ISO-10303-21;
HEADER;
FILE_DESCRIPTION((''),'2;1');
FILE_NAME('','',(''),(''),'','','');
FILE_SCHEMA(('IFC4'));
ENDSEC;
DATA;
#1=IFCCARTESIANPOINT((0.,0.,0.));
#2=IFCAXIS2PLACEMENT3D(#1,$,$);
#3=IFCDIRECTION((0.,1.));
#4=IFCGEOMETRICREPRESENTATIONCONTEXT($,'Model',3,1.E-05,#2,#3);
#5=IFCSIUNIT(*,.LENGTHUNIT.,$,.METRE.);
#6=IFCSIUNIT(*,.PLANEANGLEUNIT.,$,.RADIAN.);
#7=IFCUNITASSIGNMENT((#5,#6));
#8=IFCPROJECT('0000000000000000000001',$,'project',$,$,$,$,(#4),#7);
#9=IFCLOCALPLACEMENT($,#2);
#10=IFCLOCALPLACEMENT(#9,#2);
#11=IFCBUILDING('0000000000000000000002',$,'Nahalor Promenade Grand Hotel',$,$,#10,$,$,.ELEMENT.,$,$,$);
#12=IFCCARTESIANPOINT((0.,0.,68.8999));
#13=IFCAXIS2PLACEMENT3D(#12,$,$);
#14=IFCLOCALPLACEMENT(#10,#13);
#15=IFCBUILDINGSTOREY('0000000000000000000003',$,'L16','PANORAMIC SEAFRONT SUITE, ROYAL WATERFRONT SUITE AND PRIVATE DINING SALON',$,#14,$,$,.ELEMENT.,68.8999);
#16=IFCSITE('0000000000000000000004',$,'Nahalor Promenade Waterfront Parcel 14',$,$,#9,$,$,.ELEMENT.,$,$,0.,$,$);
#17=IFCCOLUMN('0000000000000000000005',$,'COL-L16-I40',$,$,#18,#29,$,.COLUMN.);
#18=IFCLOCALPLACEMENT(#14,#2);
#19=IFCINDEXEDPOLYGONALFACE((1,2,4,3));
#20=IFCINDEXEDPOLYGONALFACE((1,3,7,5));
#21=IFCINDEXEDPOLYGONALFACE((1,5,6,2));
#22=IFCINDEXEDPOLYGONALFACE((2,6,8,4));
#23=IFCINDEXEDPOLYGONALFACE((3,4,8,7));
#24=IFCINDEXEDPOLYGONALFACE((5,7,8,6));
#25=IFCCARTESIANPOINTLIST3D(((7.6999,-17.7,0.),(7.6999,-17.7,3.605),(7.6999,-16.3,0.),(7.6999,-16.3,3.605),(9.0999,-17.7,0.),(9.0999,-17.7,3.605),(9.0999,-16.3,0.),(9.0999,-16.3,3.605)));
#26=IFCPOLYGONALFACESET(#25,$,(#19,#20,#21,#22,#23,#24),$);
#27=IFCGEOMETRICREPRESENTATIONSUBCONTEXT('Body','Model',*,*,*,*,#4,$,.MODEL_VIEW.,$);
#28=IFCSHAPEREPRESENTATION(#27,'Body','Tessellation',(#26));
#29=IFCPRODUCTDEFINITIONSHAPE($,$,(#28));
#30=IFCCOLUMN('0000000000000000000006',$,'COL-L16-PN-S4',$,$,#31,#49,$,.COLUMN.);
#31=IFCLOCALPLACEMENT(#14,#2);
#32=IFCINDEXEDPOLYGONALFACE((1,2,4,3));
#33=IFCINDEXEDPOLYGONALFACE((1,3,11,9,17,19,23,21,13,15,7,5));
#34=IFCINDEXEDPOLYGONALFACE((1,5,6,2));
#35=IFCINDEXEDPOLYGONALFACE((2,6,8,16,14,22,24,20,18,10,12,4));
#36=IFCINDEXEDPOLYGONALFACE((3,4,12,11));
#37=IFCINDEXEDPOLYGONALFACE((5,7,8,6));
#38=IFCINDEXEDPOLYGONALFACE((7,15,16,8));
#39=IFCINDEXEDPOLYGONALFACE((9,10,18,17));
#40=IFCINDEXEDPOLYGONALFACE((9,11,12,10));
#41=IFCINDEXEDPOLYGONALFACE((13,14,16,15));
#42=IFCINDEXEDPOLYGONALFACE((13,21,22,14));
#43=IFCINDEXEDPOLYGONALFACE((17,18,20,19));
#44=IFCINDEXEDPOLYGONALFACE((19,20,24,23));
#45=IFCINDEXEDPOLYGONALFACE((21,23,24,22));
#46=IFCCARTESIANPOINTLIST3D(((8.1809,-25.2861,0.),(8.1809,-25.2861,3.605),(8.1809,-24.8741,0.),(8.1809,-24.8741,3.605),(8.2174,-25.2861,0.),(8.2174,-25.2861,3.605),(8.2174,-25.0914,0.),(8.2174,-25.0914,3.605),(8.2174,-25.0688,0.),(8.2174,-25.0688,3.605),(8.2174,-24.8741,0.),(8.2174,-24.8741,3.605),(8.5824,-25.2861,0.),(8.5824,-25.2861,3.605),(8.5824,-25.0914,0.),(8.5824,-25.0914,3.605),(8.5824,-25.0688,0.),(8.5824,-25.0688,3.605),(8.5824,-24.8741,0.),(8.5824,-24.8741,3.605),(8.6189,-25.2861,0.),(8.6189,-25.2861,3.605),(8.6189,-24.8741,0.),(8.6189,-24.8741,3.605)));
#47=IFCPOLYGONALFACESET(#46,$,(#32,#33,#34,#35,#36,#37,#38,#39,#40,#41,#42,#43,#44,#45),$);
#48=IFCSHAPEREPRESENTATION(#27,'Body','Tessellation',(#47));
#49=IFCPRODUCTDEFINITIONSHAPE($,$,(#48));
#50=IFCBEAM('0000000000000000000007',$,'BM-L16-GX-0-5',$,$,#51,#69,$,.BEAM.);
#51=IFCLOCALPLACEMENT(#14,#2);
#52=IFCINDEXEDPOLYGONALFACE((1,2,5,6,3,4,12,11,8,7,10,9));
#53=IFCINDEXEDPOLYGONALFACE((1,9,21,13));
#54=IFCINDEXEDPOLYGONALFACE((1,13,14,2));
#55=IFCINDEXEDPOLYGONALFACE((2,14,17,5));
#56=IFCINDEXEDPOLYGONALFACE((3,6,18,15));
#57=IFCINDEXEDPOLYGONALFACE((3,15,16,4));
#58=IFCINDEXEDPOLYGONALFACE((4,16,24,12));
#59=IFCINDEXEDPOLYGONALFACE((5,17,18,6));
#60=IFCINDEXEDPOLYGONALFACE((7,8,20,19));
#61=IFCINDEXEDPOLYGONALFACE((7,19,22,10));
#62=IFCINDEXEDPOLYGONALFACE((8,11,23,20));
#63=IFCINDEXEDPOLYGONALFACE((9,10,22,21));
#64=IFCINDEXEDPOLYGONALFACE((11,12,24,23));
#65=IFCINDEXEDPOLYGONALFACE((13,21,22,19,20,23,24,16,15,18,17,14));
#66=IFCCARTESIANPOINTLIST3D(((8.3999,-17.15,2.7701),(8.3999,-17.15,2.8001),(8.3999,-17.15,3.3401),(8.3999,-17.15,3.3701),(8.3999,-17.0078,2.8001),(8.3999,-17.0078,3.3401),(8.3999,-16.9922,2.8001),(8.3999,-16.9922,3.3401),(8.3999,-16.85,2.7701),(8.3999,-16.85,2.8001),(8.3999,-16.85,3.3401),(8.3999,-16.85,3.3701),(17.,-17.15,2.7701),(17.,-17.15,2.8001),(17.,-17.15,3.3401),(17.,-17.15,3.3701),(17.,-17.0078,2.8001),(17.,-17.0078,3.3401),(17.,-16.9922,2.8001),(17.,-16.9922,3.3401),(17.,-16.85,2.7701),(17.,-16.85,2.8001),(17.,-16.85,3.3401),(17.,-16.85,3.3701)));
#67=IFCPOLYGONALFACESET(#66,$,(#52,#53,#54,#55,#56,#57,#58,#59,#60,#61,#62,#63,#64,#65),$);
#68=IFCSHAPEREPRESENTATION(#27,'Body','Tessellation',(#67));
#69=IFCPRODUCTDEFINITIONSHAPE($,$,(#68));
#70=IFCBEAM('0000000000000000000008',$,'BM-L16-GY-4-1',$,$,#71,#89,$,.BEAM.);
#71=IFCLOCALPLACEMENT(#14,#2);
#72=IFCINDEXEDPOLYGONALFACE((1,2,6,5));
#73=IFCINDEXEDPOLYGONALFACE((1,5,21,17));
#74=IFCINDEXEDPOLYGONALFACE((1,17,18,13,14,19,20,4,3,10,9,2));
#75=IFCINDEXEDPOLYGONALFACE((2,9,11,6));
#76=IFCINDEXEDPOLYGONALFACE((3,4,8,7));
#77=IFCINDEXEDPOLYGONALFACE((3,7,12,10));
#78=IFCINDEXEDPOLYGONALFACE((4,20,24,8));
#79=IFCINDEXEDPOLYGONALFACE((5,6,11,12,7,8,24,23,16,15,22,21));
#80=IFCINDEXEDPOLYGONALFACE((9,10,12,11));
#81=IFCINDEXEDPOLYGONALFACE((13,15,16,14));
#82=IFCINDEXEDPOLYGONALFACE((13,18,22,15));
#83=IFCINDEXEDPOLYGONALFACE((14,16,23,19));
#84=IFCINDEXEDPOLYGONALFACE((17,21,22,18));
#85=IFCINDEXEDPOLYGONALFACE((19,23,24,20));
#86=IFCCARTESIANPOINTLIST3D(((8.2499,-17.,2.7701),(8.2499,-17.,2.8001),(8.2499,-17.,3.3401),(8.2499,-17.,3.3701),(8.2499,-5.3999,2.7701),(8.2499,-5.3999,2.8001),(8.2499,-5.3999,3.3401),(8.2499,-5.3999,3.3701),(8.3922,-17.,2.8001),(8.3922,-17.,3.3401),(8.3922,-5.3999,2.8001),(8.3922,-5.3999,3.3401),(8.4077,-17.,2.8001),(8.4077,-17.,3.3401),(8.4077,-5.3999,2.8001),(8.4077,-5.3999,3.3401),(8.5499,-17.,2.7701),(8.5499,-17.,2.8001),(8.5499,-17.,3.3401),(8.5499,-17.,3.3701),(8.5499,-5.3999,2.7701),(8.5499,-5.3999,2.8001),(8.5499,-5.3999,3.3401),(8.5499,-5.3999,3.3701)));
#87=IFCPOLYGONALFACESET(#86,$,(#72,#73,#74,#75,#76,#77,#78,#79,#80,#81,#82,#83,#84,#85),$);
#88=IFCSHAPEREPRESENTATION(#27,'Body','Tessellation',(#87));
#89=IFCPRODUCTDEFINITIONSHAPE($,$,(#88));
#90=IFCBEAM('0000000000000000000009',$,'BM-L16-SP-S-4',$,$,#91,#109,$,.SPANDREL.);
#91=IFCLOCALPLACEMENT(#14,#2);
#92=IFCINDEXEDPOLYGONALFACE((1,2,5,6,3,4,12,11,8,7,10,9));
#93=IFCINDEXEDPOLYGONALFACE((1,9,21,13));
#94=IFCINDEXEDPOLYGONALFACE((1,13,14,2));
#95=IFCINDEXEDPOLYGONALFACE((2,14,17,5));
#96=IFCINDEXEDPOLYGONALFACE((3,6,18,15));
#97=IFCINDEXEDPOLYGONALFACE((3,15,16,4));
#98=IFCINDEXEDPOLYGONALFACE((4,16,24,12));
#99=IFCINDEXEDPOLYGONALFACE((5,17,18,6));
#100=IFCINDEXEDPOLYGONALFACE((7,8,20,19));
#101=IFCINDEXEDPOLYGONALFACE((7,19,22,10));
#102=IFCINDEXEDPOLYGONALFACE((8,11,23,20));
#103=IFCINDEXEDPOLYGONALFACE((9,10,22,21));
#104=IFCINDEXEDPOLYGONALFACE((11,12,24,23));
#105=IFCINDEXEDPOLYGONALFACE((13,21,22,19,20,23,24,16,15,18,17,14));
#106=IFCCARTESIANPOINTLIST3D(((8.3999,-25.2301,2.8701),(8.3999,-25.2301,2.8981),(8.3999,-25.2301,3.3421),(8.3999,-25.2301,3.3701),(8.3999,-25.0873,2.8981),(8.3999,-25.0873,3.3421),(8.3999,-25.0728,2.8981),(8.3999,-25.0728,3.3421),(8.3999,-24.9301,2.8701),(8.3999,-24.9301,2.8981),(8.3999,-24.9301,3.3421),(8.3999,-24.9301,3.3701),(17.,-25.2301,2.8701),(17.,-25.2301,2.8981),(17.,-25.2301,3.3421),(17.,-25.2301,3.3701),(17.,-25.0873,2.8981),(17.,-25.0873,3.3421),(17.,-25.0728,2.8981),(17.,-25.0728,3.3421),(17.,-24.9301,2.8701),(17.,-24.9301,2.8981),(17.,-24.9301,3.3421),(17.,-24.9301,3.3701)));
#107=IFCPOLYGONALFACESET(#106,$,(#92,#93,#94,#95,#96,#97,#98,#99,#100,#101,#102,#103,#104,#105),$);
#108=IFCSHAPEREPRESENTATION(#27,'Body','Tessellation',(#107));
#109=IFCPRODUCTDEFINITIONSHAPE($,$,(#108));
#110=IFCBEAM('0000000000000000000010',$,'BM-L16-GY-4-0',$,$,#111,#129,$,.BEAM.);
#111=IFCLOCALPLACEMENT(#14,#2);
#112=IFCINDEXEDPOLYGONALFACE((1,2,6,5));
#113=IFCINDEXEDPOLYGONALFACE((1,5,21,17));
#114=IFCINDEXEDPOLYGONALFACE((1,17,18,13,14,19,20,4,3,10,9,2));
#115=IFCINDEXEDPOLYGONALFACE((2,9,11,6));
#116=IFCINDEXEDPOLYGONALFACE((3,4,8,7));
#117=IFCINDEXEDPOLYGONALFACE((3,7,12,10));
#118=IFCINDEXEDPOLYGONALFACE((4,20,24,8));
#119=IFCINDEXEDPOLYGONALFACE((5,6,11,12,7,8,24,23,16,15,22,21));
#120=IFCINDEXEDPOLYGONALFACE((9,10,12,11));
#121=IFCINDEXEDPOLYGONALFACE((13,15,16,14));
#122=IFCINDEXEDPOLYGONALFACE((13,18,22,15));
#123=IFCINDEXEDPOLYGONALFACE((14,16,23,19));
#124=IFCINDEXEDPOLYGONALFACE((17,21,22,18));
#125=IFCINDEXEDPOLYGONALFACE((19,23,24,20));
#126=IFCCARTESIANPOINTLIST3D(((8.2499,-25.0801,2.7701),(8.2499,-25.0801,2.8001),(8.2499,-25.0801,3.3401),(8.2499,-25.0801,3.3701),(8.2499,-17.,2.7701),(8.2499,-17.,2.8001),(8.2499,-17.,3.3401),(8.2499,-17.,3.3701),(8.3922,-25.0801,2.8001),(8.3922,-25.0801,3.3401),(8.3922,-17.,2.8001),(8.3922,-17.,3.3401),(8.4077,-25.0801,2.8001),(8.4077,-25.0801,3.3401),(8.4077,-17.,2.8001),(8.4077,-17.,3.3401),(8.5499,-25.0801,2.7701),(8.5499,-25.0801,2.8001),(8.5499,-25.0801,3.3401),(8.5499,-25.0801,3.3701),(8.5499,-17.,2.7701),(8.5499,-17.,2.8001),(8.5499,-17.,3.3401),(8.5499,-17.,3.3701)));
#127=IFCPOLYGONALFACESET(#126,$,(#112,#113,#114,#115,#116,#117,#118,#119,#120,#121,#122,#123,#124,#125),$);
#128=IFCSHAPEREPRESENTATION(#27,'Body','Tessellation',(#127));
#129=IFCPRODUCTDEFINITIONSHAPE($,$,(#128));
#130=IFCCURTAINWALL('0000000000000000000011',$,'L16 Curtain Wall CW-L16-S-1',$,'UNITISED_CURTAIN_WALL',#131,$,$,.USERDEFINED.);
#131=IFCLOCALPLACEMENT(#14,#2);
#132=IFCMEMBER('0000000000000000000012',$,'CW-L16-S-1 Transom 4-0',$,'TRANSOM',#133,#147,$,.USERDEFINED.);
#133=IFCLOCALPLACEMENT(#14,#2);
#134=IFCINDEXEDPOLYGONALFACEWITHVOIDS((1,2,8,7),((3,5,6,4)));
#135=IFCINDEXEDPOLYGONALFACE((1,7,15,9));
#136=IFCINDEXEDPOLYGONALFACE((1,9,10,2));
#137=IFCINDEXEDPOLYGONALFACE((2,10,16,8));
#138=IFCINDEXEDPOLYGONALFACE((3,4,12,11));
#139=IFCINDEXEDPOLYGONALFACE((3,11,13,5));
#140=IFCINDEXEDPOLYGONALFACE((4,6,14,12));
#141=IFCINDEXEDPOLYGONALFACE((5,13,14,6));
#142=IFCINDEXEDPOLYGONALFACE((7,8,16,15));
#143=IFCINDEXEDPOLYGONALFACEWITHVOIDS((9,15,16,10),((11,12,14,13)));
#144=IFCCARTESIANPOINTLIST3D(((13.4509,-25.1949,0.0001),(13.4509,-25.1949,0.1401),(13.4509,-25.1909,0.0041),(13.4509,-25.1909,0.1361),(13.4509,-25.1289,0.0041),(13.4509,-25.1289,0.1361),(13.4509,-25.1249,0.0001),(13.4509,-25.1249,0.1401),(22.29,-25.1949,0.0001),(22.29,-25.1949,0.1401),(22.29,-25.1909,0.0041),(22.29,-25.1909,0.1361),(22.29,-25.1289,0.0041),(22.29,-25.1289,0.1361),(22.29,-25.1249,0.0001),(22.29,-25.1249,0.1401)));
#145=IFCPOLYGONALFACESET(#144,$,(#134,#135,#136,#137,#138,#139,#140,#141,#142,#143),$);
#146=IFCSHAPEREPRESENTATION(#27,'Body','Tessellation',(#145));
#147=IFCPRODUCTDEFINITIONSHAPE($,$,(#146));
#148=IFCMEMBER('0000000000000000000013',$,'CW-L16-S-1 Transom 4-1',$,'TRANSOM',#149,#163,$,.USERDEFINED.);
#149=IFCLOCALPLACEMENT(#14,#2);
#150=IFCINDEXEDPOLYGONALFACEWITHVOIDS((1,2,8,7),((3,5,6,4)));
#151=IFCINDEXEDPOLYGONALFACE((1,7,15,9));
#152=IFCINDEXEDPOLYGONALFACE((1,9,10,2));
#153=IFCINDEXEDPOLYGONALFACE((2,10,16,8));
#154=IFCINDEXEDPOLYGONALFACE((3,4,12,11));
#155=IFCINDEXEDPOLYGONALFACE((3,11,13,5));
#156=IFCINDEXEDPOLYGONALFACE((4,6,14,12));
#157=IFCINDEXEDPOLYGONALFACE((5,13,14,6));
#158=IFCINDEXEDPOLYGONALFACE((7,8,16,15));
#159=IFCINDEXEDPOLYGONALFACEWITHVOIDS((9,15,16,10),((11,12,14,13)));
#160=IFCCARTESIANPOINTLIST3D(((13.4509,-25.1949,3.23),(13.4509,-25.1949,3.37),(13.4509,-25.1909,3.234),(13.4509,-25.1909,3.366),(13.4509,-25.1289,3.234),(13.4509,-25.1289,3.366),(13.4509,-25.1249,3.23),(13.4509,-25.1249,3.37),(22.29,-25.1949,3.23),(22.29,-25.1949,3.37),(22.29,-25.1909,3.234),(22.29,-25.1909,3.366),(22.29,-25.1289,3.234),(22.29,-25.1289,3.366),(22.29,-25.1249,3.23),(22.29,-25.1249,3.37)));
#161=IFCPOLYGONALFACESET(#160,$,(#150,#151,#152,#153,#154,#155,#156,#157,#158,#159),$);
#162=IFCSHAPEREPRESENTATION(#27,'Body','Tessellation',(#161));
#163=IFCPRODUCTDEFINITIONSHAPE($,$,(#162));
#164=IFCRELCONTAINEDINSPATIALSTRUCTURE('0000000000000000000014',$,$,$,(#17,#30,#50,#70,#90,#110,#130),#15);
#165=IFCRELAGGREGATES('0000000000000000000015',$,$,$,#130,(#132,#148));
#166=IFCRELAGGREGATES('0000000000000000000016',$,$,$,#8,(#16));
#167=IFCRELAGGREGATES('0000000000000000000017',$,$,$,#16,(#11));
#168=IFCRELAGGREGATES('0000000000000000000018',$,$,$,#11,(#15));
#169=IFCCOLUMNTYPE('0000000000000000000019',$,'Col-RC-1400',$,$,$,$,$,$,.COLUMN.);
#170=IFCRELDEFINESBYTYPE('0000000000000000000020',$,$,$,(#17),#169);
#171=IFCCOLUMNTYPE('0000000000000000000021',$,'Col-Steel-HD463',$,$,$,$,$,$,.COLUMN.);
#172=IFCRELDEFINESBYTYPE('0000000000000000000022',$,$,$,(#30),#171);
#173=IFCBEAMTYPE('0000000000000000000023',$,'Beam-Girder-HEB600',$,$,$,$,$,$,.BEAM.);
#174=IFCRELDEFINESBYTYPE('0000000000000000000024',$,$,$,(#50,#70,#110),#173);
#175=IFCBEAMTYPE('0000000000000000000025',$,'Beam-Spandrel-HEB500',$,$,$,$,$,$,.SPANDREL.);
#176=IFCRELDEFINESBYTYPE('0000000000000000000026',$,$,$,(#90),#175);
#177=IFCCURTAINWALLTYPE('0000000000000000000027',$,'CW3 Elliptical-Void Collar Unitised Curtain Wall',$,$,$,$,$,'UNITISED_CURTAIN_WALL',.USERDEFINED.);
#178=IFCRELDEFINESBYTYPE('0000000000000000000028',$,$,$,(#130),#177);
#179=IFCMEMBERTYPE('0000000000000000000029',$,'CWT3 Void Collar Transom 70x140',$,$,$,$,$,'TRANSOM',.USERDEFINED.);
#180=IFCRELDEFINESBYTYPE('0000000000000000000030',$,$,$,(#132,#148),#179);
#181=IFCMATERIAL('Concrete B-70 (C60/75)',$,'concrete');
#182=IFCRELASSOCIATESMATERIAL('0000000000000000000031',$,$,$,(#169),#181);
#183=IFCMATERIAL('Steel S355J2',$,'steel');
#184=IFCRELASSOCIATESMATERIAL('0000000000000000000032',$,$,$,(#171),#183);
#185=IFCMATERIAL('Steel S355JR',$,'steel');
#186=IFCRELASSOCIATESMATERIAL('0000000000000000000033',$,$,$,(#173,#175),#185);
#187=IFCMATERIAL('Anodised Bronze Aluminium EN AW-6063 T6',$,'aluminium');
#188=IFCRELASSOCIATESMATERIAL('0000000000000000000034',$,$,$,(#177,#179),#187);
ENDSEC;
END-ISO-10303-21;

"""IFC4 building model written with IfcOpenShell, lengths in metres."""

from ifc_helpers import new_model, si_unit, direction, frame, origin, origin_2d, place, context, subcontext, project, spatial, rectangle, hollow_rectangle, i_section, extrude, source, transform, mapped, material, material_profile, profile_set, type_object, element, aggregate, save


model = new_model("IFC4")

# Units and contexts
model_context = context("Model", 3, precision=1e-05, world=origin(), true_north=direction((0.0, 1.0)))
body_context = subcontext(model_context, "Body", "Model", "MODEL_VIEW")
ifc_project = project(units=[si_unit("LENGTHUNIT", "METRE"), si_unit("PLANEANGLEUNIT", "RADIAN")], contexts=[model_context])

# Site, building, storey
site_placement = place(None, origin())
site = spatial("IfcSite", under=ifc_project, at=site_placement, Name="Nahalor Promenade Waterfront Parcel 14", CompositionType="ELEMENT", RefElevation=0.0)
building_placement = place(site_placement, origin())
building = spatial("IfcBuilding", under=site, at=building_placement, Name="Nahalor Promenade Grand Hotel", CompositionType="ELEMENT")
storey_placement = place(building_placement, frame((0.0, 0.0, 68.8999)))
storey = spatial("IfcBuildingStorey", under=building, at=storey_placement, Name="L16", Description="PANORAMIC SEAFRONT SUITE, ROYAL WATERFRONT SUITE AND PRIVATE DINING SALON", CompositionType="ELEMENT", Elevation=68.8999)

# Columns
ifc_material_1 = material(Name="Concrete B-70 (C60/75)", Category="concrete")
ifc_material_profile_1 = material_profile(ifc_material_1, rectangle(XDim=1.4, YDim=1.4, at=origin_2d()), Name="RC 1400x1400")
ifc_profile_set_1 = profile_set([ifc_material_profile_1], Name="Concrete B-70 (C60/75)")
column_type_1 = type_object("IfcColumnType", Name="Col-RC-1400", PredefinedType="COLUMN", material=ifc_profile_set_1)
shared_shape_1 = source(origin(), body_context, "Body", "SweptSolid", [
    extrude(rectangle(XDim=1.4, YDim=1.4, at=origin_2d()), origin(), (0.0, 0.0, 1.0), 3.605),
])
column_1_placement = place(storey_placement, frame((8.3999, -17.0, 0.0), z_axis=(0.0, 0.0, 1.0), x_axis=(1.0, 0.0, 0.0)))
element("IfcColumn", 1, at=column_1_placement, inside=storey, type_object=column_type_1, Name="COL-L16-I40", PredefinedType="COLUMN", context=body_context, shape_type="MappedRepresentation", body=[
    mapped(shared_shape_1, transform((0.0, 0.0, 0.0), scale=1.0)),
])
ifc_material_2 = material(Name="Steel S355J2", Category="steel")
ifc_material_profile_2 = material_profile(ifc_material_2, i_section(OverallWidth=0.412, OverallDepth=0.438, WebThickness=0.0226, FlangeThickness=0.0365, at=origin_2d()), Name="HD 400x463")
ifc_profile_set_2 = profile_set([ifc_material_profile_2], Name="Steel S355J2")
column_type_2 = type_object("IfcColumnType", Name="Col-Steel-HD463", PredefinedType="COLUMN", material=ifc_profile_set_2)
shared_shape_2 = source(origin(), body_context, "Body", "SweptSolid", [
    extrude(i_section(OverallWidth=0.412, OverallDepth=0.438, WebThickness=0.0226, FlangeThickness=0.0365, at=origin_2d()), origin(), (0.0, 0.0, 1.0), 3.605),
])
column_2_placement = place(storey_placement, frame((8.3999, -25.0801, 0.0), z_axis=(0.0, 0.0, 1.0), x_axis=(0.0, 1.0, 0.0)))
element("IfcColumn", 2, at=column_2_placement, inside=storey, type_object=column_type_2, Name="COL-L16-PN-S4", PredefinedType="COLUMN", context=body_context, shape_type="MappedRepresentation", body=[
    mapped(shared_shape_2, transform((0.0, 0.0, 0.0), scale=1.0)),
])

# Beams
ifc_material_3 = material(Name="Steel S355JR", Category="steel")
ifc_material_profile_3 = material_profile(ifc_material_3, i_section(OverallWidth=0.3, OverallDepth=0.6, WebThickness=0.0155, FlangeThickness=0.03, at=origin_2d()), Name="HEB 600")
ifc_profile_set_3 = profile_set([ifc_material_profile_3], Name="Steel S355JR")
beam_type_1 = type_object("IfcBeamType", Name="Beam-Girder-HEB600", PredefinedType="BEAM", material=ifc_profile_set_3)
shared_shape_3 = source(origin(), body_context, "Body", "SweptSolid", [
    extrude(i_section(OverallWidth=0.3, OverallDepth=0.6, WebThickness=0.0155, FlangeThickness=0.03, at=origin_2d()), origin(), (0.0, 0.0, 1.0), 8.6001),
])
beam_1_placement = place(storey_placement, frame((8.3999, -17.0, 3.0701), z_axis=(1.0, 0.0, 0.0), x_axis=(0.0, 1.0, 0.0)))
element("IfcBeam", 3, at=beam_1_placement, inside=storey, type_object=beam_type_1, Name="BM-L16-GX-0-5", PredefinedType="BEAM", context=body_context, shape_type="MappedRepresentation", body=[
    mapped(shared_shape_3, transform((0.0, 0.0, 0.0), scale=1.0)),
])
shared_shape_4 = source(origin(), body_context, "Body", "SweptSolid", [
    extrude(i_section(OverallWidth=0.3, OverallDepth=0.6, WebThickness=0.0155, FlangeThickness=0.03, at=origin_2d()), origin(), (0.0, 0.0, 1.0), 11.6001),
])
beam_2_placement = place(storey_placement, frame((8.3999, -17.0, 3.0701), z_axis=(0.0, 1.0, 0.0), x_axis=(-1.0, 0.0, 0.0)))
element("IfcBeam", 4, at=beam_2_placement, inside=storey, type_object=beam_type_1, Name="BM-L16-GY-4-1", PredefinedType="BEAM", context=body_context, shape_type="MappedRepresentation", body=[
    mapped(shared_shape_4, transform((0.0, 0.0, 0.0), scale=1.0)),
])
ifc_material_profile_4 = material_profile(ifc_material_3, i_section(OverallWidth=0.3, OverallDepth=0.5, WebThickness=0.0145, FlangeThickness=0.028, at=origin_2d()), Name="HEB 500")
ifc_profile_set_4 = profile_set([ifc_material_profile_4], Name="Steel S355JR")
beam_type_2 = type_object("IfcBeamType", Name="Beam-Spandrel-HEB500", PredefinedType="SPANDREL", material=ifc_profile_set_4)
shared_shape_5 = source(origin(), body_context, "Body", "SweptSolid", [
    extrude(i_section(OverallWidth=0.3, OverallDepth=0.5, WebThickness=0.0145, FlangeThickness=0.028, at=origin_2d()), origin(), (0.0, 0.0, 1.0), 8.6001),
])
beam_3_placement = place(storey_placement, frame((8.3999, -25.0801, 3.1201), z_axis=(1.0, 0.0, 0.0), x_axis=(0.0, 1.0, 0.0)))
element("IfcBeam", 5, at=beam_3_placement, inside=storey, type_object=beam_type_2, Name="BM-L16-SP-S-4", PredefinedType="SPANDREL", context=body_context, shape_type="MappedRepresentation", body=[
    mapped(shared_shape_5, transform((0.0, 0.0, 0.0), scale=1.0)),
])
shared_shape_6 = source(origin(), body_context, "Body", "SweptSolid", [
    extrude(i_section(OverallWidth=0.3, OverallDepth=0.6, WebThickness=0.0155, FlangeThickness=0.03, at=origin_2d()), origin(), (0.0, 0.0, 1.0), 8.0801),
])
beam_4_placement = place(storey_placement, frame((8.3999, -25.0801, 3.0701), z_axis=(0.0, 1.0, 0.0), x_axis=(-1.0, 0.0, 0.0)))
element("IfcBeam", 6, at=beam_4_placement, inside=storey, type_object=beam_type_1, Name="BM-L16-GY-4-0", PredefinedType="BEAM", context=body_context, shape_type="MappedRepresentation", body=[
    mapped(shared_shape_6, transform((0.0, 0.0, 0.0), scale=1.0)),
])

# Curtain wall, members
ifc_material_4 = material(Name="Anodised Bronze Aluminium EN AW-6063 T6", Category="aluminium")
curtain_wall_type = type_object("IfcCurtainWallType", Name="CW3 Elliptical-Void Collar Unitised Curtain Wall", ElementType="UNITISED_CURTAIN_WALL", PredefinedType="USERDEFINED", material=ifc_material_4)
curtain_wall_placement = place(storey_placement, origin())
curtain_wall = element("IfcCurtainWall", 7, at=curtain_wall_placement, inside=storey, type_object=curtain_wall_type, Name="L16 Curtain Wall CW-L16-S-1", ObjectType="UNITISED_CURTAIN_WALL", PredefinedType="USERDEFINED")
ifc_material_profile_5 = material_profile(ifc_material_4, hollow_rectangle(XDim=0.07, YDim=0.14, WallThickness=0.004, at=origin_2d()), Name="CWT 70x140x4")
ifc_profile_set_5 = profile_set([ifc_material_profile_5], Name="Anodised Bronze Aluminium EN AW-6063 T6")
member_type_1 = type_object("IfcMemberType", Name="CWT3 Void Collar Transom 70x140", ElementType="TRANSOM", PredefinedType="USERDEFINED", material=ifc_profile_set_5)
shared_shape_7 = source(origin(), body_context, "Body", "SweptSolid", [
    extrude(hollow_rectangle(XDim=0.07, YDim=0.14, WallThickness=0.004, at=origin_2d()), origin(), (0.0, 0.0, 1.0), 8.8391),
])
member_1_placement = place(storey_placement, frame((13.4509, -25.1599, 0.0701), z_axis=(1.0, 0.0, 0.0), x_axis=(0.0, 1.0, 0.0)))
member_1 = element("IfcMember", 8, at=member_1_placement, type_object=member_type_1, Name="CW-L16-S-1 Transom 4-0", ObjectType="TRANSOM", PredefinedType="USERDEFINED", context=body_context, shape_type="MappedRepresentation", body=[
    mapped(shared_shape_7, transform((0.0, 0.0, 0.0), scale=1.0)),
])
member_2_placement = place(storey_placement, frame((13.4509, -25.1599, 3.3), z_axis=(1.0, 0.0, 0.0), x_axis=(0.0, 1.0, 0.0)))
member_2 = element("IfcMember", 9, at=member_2_placement, type_object=member_type_1, Name="CW-L16-S-1 Transom 4-1", ObjectType="TRANSOM", PredefinedType="USERDEFINED", context=body_context, shape_type="MappedRepresentation", body=[
    mapped(shared_shape_7, transform((0.0, 0.0, 0.0), scale=1.0)),
])
aggregate(curtain_wall, [member_1, member_2])

save(model, "model.ifc")
